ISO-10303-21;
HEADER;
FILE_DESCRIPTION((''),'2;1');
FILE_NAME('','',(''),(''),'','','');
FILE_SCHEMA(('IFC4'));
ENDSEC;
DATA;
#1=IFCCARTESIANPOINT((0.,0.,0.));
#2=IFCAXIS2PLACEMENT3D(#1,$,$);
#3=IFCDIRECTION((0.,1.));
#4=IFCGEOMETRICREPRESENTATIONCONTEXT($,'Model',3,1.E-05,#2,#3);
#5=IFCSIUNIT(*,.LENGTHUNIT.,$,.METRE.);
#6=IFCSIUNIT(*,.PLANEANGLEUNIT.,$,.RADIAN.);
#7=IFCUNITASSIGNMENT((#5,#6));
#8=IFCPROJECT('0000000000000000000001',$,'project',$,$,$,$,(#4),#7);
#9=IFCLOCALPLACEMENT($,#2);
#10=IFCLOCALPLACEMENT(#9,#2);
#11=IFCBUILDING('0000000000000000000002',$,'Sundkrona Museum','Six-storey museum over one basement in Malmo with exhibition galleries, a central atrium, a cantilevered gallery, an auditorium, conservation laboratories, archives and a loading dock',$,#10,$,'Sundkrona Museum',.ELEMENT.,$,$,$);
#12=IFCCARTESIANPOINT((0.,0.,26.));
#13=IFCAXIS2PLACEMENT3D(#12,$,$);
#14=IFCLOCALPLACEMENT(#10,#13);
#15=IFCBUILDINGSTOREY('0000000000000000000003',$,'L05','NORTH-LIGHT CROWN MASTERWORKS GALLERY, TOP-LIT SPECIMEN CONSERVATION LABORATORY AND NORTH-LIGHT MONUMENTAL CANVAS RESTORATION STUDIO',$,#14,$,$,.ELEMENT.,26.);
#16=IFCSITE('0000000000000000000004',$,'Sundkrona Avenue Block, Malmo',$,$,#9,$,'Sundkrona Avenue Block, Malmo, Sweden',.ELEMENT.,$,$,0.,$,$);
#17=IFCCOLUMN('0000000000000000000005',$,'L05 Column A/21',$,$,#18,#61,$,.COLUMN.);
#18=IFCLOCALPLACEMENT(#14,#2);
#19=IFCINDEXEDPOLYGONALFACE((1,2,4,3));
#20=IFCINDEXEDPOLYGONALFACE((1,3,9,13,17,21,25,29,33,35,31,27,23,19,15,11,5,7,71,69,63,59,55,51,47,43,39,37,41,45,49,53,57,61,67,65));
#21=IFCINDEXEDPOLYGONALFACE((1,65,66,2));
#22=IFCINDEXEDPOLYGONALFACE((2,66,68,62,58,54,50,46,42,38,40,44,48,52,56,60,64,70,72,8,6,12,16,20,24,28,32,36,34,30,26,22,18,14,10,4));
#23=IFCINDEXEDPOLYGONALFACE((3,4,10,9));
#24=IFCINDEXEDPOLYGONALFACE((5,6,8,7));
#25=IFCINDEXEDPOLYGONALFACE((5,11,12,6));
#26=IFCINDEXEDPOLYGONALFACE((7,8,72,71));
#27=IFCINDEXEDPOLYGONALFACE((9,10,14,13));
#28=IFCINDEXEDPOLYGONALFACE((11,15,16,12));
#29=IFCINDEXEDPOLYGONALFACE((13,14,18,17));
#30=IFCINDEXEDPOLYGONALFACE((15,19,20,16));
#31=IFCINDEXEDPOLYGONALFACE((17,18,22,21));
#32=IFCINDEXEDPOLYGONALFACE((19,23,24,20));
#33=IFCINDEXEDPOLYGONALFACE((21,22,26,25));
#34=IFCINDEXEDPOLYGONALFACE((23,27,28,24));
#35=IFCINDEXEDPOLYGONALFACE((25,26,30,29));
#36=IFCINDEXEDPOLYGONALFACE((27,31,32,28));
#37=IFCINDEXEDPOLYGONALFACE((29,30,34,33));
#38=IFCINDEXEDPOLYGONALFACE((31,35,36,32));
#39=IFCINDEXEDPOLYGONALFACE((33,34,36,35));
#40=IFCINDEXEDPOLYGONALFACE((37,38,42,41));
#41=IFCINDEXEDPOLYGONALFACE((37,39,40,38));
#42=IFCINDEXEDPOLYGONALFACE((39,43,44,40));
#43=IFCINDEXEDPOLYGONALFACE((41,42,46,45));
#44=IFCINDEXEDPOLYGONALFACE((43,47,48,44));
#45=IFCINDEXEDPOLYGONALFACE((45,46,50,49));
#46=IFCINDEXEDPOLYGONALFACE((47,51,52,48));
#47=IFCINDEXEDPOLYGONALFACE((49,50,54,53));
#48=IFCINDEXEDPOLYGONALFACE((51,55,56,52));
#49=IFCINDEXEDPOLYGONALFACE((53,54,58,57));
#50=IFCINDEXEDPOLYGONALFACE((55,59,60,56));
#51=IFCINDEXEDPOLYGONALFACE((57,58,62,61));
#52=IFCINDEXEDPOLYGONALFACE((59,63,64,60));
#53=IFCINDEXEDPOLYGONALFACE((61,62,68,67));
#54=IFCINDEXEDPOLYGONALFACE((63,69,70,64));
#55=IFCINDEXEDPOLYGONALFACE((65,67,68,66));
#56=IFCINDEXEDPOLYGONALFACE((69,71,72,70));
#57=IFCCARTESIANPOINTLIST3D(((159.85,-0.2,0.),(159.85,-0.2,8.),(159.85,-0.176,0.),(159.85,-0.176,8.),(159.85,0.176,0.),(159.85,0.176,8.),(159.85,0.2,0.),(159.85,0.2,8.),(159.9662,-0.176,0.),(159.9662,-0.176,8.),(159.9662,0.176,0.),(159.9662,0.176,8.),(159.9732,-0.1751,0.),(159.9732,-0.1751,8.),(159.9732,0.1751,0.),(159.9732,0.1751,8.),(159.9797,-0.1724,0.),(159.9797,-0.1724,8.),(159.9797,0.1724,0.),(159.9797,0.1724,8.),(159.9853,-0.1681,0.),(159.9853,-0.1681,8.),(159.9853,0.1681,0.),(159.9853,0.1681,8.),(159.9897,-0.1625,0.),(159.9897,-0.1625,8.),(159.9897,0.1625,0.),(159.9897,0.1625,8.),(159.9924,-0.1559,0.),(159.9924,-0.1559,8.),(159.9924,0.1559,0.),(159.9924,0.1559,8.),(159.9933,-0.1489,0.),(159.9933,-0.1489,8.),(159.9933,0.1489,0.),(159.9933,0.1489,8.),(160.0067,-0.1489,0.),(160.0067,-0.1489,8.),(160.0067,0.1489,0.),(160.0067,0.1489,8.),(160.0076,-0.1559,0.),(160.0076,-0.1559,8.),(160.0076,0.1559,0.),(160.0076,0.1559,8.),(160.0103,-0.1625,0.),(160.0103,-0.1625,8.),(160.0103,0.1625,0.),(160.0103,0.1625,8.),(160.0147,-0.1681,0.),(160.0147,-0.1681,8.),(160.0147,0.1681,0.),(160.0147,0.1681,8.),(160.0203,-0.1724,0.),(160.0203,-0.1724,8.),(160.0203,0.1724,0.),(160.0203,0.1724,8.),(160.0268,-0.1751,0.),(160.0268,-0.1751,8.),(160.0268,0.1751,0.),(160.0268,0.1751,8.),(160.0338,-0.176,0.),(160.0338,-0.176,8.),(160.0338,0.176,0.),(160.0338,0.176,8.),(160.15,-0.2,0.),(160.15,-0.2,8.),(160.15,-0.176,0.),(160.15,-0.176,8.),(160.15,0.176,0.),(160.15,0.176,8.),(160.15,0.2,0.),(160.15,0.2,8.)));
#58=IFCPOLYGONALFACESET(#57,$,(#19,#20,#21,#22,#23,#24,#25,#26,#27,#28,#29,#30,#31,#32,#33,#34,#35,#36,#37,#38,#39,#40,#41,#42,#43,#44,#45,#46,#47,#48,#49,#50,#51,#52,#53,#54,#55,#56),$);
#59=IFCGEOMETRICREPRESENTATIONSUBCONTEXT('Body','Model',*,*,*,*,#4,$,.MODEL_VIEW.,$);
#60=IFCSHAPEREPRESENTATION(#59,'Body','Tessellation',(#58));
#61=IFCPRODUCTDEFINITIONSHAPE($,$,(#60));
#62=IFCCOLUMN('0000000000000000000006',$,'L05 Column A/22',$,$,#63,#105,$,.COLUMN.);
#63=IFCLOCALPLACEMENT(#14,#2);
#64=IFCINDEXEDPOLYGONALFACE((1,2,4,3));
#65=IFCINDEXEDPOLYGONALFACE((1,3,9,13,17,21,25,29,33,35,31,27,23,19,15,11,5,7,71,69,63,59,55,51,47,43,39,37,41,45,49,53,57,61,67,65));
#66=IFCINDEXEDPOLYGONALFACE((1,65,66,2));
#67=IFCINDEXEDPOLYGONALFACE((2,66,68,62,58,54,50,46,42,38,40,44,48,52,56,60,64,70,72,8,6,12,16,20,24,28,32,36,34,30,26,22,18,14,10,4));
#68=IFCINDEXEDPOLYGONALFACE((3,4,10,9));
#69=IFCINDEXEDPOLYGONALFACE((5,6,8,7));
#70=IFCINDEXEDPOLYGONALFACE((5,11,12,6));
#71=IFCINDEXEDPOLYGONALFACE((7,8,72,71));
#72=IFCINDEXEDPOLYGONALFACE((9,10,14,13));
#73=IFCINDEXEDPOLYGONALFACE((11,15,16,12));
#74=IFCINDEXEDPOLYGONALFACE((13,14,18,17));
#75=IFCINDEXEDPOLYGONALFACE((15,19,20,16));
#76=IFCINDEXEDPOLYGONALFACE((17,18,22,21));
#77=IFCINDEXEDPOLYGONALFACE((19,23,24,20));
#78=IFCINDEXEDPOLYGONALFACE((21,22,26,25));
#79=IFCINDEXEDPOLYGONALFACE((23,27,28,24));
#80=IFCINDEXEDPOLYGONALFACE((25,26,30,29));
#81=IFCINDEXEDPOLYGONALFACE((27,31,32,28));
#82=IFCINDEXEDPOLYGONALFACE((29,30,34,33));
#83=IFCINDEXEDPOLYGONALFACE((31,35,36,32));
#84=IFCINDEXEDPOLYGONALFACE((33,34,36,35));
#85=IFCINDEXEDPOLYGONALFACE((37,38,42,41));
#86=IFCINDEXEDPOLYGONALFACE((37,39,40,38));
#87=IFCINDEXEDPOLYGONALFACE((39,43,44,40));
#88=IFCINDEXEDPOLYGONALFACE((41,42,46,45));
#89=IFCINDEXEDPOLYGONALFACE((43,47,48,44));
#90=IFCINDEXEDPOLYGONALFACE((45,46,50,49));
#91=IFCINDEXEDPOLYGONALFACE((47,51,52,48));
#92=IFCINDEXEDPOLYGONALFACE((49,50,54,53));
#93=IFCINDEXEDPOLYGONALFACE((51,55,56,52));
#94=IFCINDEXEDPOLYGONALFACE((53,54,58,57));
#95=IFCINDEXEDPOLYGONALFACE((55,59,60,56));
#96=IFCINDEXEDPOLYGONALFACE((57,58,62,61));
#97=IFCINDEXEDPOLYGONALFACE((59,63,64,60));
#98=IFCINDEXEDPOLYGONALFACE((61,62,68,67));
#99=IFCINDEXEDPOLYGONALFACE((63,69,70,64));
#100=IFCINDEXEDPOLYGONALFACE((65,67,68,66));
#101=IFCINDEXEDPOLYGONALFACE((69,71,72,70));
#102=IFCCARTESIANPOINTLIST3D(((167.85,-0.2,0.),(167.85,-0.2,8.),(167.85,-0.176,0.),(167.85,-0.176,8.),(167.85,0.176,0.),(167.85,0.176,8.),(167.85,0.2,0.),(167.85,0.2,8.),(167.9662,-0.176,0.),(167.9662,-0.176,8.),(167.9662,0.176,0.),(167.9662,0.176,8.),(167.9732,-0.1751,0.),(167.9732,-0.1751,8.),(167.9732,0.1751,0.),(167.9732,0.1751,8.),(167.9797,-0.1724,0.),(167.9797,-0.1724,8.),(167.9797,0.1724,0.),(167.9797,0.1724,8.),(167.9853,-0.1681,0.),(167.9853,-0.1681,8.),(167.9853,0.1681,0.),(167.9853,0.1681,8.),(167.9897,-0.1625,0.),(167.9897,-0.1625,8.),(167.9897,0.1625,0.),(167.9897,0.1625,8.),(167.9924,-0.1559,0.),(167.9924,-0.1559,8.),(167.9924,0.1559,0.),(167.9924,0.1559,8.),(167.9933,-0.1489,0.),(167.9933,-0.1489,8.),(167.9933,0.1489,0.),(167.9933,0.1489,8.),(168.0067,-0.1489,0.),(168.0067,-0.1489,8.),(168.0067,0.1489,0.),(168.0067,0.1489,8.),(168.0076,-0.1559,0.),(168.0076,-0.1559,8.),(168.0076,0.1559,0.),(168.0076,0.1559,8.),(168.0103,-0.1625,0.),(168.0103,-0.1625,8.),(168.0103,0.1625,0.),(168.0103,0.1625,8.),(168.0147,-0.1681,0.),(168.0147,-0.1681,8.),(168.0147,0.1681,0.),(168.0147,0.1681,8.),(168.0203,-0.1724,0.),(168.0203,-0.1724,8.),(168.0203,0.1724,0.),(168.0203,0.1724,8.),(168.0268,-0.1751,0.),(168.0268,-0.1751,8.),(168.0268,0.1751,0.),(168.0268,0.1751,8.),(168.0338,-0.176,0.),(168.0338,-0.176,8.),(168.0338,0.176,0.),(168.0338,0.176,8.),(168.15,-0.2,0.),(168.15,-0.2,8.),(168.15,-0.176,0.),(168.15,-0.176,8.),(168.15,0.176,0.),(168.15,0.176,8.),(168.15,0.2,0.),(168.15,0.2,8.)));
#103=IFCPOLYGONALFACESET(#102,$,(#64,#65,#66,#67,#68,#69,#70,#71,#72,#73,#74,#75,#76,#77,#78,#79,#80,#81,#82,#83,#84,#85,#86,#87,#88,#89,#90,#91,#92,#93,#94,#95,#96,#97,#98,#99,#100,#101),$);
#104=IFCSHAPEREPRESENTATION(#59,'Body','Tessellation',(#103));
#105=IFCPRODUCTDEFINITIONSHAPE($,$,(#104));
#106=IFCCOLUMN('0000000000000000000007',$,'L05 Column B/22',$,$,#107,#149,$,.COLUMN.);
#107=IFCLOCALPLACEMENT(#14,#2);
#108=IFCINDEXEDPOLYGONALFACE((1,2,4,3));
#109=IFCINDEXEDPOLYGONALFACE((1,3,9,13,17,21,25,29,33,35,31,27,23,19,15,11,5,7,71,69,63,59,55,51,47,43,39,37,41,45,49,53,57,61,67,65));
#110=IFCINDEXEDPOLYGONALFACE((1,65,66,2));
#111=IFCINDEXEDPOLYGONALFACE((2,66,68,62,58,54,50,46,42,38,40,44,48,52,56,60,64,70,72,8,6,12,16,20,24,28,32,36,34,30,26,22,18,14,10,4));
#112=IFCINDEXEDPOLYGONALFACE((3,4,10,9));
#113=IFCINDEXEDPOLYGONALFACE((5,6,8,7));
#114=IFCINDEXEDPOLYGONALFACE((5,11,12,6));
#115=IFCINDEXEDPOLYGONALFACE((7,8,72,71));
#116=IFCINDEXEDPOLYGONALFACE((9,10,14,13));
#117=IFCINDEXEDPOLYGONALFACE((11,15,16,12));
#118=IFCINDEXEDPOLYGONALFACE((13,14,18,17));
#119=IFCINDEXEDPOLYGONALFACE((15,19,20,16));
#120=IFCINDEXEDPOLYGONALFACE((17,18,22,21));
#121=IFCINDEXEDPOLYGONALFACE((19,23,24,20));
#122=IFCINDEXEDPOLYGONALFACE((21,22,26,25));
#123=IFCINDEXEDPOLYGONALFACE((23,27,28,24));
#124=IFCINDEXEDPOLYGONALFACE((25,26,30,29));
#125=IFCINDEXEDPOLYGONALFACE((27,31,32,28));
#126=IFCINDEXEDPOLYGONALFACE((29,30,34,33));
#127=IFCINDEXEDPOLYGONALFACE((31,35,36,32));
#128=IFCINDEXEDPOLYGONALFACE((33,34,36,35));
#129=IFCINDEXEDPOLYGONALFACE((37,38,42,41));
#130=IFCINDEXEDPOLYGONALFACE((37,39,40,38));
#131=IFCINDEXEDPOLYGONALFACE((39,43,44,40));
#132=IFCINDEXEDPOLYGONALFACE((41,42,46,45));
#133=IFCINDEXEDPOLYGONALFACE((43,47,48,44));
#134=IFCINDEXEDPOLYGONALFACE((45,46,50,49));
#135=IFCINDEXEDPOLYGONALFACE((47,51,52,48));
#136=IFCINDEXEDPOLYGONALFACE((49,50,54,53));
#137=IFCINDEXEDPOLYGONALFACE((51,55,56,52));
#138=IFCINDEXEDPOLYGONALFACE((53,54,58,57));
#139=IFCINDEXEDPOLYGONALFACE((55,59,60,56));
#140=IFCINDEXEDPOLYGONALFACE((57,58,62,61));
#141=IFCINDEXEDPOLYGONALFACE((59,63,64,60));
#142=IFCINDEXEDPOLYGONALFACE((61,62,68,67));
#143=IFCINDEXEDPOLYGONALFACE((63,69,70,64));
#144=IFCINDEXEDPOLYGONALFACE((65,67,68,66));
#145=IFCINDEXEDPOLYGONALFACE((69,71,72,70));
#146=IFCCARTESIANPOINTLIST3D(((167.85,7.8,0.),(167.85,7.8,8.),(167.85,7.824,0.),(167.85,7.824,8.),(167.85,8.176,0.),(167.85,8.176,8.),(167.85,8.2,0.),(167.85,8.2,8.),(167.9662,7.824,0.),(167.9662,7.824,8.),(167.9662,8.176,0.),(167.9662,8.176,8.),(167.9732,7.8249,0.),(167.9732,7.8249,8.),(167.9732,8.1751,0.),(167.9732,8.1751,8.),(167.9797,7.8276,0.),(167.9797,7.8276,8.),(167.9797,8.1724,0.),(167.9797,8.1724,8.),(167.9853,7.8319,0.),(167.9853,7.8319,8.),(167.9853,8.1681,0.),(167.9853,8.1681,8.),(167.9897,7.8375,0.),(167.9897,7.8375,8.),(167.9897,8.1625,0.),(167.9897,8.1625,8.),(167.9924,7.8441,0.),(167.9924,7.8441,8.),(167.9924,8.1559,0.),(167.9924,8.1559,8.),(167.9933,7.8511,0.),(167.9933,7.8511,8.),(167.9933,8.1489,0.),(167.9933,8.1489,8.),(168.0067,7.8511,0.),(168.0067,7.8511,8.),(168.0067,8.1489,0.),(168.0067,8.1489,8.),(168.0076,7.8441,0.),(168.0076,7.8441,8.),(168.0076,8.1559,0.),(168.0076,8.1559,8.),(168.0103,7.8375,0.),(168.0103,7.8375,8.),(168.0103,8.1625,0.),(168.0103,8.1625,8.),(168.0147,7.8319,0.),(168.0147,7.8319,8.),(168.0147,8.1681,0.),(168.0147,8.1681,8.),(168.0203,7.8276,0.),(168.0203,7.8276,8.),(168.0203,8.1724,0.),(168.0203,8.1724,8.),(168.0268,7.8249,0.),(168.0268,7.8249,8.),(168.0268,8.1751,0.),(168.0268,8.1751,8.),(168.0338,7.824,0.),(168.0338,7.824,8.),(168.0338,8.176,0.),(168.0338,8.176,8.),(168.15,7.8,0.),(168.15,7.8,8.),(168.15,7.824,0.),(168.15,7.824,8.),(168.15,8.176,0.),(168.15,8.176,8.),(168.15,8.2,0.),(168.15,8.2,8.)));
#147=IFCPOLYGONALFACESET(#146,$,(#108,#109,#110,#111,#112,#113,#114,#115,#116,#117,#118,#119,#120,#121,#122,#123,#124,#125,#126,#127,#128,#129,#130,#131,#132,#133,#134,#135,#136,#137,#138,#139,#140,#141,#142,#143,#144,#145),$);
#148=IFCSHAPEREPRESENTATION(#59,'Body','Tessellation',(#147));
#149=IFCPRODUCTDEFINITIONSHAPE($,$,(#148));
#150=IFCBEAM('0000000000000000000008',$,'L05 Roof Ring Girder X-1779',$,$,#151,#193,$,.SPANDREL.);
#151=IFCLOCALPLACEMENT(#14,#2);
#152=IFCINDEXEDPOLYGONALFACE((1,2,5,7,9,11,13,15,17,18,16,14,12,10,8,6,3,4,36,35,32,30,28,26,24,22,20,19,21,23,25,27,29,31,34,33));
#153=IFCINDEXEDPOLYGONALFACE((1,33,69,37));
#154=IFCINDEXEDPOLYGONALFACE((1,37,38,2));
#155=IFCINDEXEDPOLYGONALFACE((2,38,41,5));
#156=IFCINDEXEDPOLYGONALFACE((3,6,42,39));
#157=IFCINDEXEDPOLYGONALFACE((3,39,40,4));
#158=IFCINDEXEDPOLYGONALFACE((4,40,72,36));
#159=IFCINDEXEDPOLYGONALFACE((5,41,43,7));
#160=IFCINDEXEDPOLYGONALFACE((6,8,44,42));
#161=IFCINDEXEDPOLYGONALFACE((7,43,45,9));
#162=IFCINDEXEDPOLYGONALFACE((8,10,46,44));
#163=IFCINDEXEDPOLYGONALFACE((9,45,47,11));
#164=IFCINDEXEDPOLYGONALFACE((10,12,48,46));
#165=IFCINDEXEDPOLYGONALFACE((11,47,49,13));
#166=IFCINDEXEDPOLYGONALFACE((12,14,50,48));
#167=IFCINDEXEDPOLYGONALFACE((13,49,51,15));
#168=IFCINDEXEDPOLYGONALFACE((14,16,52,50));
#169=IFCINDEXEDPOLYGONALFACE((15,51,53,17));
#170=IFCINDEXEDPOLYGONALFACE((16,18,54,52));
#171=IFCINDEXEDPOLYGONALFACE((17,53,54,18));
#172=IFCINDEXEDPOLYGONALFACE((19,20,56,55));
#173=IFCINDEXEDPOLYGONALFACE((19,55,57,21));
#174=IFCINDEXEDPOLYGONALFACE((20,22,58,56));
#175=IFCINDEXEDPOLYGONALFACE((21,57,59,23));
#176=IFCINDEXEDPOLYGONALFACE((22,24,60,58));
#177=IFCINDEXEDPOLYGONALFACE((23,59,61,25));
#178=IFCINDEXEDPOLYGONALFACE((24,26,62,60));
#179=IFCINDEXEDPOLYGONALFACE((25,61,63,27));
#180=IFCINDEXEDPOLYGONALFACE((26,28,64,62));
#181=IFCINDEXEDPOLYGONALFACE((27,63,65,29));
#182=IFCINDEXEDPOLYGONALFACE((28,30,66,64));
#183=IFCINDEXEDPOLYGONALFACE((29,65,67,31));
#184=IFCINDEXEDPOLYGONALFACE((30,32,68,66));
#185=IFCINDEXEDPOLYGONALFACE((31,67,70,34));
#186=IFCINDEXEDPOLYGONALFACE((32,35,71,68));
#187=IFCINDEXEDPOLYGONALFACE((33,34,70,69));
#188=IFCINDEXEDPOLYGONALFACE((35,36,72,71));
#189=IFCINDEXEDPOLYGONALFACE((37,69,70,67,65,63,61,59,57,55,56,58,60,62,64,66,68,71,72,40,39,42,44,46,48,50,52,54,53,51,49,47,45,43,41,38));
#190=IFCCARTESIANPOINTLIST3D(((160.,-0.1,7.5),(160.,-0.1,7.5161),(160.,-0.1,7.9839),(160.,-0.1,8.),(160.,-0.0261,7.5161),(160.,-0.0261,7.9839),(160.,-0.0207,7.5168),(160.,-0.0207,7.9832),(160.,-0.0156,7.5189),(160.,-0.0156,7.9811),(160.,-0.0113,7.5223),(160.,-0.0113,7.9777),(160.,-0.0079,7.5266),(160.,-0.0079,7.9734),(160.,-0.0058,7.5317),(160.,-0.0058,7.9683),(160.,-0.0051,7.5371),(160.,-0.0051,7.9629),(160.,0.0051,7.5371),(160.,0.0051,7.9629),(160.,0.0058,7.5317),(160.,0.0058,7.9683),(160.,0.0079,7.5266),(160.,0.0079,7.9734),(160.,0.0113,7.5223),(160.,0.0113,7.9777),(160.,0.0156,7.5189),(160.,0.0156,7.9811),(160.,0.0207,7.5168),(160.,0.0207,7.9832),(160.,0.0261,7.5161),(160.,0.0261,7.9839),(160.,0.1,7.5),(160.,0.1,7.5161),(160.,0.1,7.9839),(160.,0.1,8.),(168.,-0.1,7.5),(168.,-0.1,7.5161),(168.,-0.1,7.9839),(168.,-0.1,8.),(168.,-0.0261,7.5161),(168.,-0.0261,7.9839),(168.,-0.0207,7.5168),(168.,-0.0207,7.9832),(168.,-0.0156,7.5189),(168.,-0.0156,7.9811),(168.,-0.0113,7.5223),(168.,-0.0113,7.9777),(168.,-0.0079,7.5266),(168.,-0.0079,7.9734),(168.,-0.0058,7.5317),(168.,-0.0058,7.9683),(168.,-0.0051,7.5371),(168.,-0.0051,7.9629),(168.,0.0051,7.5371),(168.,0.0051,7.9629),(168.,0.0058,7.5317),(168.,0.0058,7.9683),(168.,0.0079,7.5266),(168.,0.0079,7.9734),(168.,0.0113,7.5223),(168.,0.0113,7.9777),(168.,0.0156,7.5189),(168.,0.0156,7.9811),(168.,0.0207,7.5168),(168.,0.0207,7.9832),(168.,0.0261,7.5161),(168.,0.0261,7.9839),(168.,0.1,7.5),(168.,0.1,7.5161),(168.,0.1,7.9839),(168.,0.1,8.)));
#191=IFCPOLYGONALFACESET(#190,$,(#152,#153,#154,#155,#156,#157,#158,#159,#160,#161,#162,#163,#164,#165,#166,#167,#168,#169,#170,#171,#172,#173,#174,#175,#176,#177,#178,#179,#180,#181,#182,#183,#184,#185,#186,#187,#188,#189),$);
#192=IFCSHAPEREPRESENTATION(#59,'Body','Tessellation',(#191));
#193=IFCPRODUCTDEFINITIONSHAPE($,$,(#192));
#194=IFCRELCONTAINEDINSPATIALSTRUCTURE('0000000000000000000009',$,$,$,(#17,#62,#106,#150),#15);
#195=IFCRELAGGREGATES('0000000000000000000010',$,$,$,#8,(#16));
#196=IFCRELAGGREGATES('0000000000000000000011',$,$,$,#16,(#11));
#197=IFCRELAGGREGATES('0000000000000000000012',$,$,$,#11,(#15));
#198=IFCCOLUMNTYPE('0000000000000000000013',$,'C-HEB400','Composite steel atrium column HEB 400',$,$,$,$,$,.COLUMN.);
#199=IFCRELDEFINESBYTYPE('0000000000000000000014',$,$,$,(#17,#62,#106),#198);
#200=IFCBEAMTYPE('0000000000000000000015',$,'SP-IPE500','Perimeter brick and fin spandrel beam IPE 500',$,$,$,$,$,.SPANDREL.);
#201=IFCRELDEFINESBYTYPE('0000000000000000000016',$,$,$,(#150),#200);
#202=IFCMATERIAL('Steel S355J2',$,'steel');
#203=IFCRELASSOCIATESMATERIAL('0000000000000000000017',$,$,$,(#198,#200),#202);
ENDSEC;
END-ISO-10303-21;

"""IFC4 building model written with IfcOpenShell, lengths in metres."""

from ifc_helpers import new_model, si_unit, direction, frame, origin, origin_2d, place, context, subcontext, project, spatial, i_section, extrude, material, material_profile, profile_set, type_object, element, save


model = new_model("IFC4")

# Units and contexts
model_context = context("Model", 3, precision=1e-05, world=origin(), true_north=direction((0.0, 1.0)))
body_context = subcontext(model_context, "Body", "Model", "MODEL_VIEW")
ifc_project = project(units=[si_unit("LENGTHUNIT", "METRE"), si_unit("PLANEANGLEUNIT", "RADIAN")], contexts=[model_context])

# Site, building, storey
site_placement = place(None, origin())
site = spatial("IfcSite", under=ifc_project, at=site_placement, Name="Sundkrona Avenue Block, Malmo", LongName="Sundkrona Avenue Block, Malmo, Sweden", CompositionType="ELEMENT", RefElevation=0.0)
building_placement = place(site_placement, origin())
building = spatial("IfcBuilding", under=site, at=building_placement, Name="Sundkrona Museum", Description="Six-storey museum over one basement in Malmo with exhibition galleries, a central atrium, a cantilevered gallery, an auditorium, conservation laboratories, archives and a loading dock", LongName="Sundkrona Museum", CompositionType="ELEMENT")
storey_placement = place(building_placement, frame((0.0, 0.0, 26.0)))
storey = spatial("IfcBuildingStorey", under=building, at=storey_placement, Name="L05", Description="NORTH-LIGHT CROWN MASTERWORKS GALLERY, TOP-LIT SPECIMEN CONSERVATION LABORATORY AND NORTH-LIGHT MONUMENTAL CANVAS RESTORATION STUDIO", CompositionType="ELEMENT", Elevation=26.0)

# Columns
ifc_material_1 = material(Name="Steel S355J2", Category="steel")
ifc_material_profile_1 = material_profile(ifc_material_1, i_section(OverallWidth=0.3, OverallDepth=0.3999, WebThickness=0.0134, FlangeThickness=0.0239, FilletRadius=0.0271, at=origin_2d()), Name="HEB 400")
ifc_profile_set_1 = profile_set([ifc_material_profile_1], Name="Steel S355J2")
column_type = type_object("IfcColumnType", Name="C-HEB400", Description="Composite steel atrium column HEB 400", PredefinedType="COLUMN", material=ifc_profile_set_1)
for number, where, z_axis, x_axis, name in (
    (1, (160.0, 0.0, 0.0), (0.0, 0.0, 1.0), (1.0, 0.0, 0.0), "L05 Column A/21"),
    (2, (168.0, 0.0, 0.0), (0.0, 0.0, 1.0), (1.0, 0.0, 0.0), "L05 Column A/22"),
    (3, (168.0, 8.0, 0.0), (0.0, 0.0, 1.0), (1.0, 0.0, 0.0), "L05 Column B/22"),
):
    element("IfcColumn", number, at=place(storey_placement, frame(where, z_axis=z_axis, x_axis=x_axis)), inside=storey, type_object=column_type, Name=name, PredefinedType="COLUMN", context=body_context, shape_type="SweptSolid", body=[
        extrude(i_section(OverallWidth=0.3, OverallDepth=0.3999, WebThickness=0.0134, FlangeThickness=0.0239, FilletRadius=0.0271, at=origin_2d()), origin(), (0.0, 0.0, 1.0), 8.0),
    ])

# Beam
ifc_material_profile_2 = material_profile(ifc_material_1, i_section(OverallWidth=0.2, OverallDepth=0.5, WebThickness=0.0103, FlangeThickness=0.0161, FilletRadius=0.021, at=origin_2d()), Name="IPE 500")
ifc_profile_set_2 = profile_set([ifc_material_profile_2], Name="Steel S355J2")
beam_type = type_object("IfcBeamType", Name="SP-IPE500", Description="Perimeter brick and fin spandrel beam IPE 500", PredefinedType="SPANDREL", material=ifc_profile_set_2)
for number, where, z_axis, x_axis, name in (
    (4, (160.0, 0.0, 7.75), (1.0, 0.0, 0.0), (0.0, 1.0, 0.0), "L05 Roof Ring Girder X-1779"),
):
    element("IfcBeam", number, at=place(storey_placement, frame(where, z_axis=z_axis, x_axis=x_axis)), inside=storey, type_object=beam_type, Name=name, PredefinedType="SPANDREL", context=body_context, shape_type="SweptSolid", body=[
        extrude(i_section(OverallWidth=0.2, OverallDepth=0.5, WebThickness=0.0103, FlangeThickness=0.0161, FilletRadius=0.021, at=origin_2d()), origin(), (0.0, 0.0, 1.0), 8.0),
    ])

save(model, "model.ifc")
